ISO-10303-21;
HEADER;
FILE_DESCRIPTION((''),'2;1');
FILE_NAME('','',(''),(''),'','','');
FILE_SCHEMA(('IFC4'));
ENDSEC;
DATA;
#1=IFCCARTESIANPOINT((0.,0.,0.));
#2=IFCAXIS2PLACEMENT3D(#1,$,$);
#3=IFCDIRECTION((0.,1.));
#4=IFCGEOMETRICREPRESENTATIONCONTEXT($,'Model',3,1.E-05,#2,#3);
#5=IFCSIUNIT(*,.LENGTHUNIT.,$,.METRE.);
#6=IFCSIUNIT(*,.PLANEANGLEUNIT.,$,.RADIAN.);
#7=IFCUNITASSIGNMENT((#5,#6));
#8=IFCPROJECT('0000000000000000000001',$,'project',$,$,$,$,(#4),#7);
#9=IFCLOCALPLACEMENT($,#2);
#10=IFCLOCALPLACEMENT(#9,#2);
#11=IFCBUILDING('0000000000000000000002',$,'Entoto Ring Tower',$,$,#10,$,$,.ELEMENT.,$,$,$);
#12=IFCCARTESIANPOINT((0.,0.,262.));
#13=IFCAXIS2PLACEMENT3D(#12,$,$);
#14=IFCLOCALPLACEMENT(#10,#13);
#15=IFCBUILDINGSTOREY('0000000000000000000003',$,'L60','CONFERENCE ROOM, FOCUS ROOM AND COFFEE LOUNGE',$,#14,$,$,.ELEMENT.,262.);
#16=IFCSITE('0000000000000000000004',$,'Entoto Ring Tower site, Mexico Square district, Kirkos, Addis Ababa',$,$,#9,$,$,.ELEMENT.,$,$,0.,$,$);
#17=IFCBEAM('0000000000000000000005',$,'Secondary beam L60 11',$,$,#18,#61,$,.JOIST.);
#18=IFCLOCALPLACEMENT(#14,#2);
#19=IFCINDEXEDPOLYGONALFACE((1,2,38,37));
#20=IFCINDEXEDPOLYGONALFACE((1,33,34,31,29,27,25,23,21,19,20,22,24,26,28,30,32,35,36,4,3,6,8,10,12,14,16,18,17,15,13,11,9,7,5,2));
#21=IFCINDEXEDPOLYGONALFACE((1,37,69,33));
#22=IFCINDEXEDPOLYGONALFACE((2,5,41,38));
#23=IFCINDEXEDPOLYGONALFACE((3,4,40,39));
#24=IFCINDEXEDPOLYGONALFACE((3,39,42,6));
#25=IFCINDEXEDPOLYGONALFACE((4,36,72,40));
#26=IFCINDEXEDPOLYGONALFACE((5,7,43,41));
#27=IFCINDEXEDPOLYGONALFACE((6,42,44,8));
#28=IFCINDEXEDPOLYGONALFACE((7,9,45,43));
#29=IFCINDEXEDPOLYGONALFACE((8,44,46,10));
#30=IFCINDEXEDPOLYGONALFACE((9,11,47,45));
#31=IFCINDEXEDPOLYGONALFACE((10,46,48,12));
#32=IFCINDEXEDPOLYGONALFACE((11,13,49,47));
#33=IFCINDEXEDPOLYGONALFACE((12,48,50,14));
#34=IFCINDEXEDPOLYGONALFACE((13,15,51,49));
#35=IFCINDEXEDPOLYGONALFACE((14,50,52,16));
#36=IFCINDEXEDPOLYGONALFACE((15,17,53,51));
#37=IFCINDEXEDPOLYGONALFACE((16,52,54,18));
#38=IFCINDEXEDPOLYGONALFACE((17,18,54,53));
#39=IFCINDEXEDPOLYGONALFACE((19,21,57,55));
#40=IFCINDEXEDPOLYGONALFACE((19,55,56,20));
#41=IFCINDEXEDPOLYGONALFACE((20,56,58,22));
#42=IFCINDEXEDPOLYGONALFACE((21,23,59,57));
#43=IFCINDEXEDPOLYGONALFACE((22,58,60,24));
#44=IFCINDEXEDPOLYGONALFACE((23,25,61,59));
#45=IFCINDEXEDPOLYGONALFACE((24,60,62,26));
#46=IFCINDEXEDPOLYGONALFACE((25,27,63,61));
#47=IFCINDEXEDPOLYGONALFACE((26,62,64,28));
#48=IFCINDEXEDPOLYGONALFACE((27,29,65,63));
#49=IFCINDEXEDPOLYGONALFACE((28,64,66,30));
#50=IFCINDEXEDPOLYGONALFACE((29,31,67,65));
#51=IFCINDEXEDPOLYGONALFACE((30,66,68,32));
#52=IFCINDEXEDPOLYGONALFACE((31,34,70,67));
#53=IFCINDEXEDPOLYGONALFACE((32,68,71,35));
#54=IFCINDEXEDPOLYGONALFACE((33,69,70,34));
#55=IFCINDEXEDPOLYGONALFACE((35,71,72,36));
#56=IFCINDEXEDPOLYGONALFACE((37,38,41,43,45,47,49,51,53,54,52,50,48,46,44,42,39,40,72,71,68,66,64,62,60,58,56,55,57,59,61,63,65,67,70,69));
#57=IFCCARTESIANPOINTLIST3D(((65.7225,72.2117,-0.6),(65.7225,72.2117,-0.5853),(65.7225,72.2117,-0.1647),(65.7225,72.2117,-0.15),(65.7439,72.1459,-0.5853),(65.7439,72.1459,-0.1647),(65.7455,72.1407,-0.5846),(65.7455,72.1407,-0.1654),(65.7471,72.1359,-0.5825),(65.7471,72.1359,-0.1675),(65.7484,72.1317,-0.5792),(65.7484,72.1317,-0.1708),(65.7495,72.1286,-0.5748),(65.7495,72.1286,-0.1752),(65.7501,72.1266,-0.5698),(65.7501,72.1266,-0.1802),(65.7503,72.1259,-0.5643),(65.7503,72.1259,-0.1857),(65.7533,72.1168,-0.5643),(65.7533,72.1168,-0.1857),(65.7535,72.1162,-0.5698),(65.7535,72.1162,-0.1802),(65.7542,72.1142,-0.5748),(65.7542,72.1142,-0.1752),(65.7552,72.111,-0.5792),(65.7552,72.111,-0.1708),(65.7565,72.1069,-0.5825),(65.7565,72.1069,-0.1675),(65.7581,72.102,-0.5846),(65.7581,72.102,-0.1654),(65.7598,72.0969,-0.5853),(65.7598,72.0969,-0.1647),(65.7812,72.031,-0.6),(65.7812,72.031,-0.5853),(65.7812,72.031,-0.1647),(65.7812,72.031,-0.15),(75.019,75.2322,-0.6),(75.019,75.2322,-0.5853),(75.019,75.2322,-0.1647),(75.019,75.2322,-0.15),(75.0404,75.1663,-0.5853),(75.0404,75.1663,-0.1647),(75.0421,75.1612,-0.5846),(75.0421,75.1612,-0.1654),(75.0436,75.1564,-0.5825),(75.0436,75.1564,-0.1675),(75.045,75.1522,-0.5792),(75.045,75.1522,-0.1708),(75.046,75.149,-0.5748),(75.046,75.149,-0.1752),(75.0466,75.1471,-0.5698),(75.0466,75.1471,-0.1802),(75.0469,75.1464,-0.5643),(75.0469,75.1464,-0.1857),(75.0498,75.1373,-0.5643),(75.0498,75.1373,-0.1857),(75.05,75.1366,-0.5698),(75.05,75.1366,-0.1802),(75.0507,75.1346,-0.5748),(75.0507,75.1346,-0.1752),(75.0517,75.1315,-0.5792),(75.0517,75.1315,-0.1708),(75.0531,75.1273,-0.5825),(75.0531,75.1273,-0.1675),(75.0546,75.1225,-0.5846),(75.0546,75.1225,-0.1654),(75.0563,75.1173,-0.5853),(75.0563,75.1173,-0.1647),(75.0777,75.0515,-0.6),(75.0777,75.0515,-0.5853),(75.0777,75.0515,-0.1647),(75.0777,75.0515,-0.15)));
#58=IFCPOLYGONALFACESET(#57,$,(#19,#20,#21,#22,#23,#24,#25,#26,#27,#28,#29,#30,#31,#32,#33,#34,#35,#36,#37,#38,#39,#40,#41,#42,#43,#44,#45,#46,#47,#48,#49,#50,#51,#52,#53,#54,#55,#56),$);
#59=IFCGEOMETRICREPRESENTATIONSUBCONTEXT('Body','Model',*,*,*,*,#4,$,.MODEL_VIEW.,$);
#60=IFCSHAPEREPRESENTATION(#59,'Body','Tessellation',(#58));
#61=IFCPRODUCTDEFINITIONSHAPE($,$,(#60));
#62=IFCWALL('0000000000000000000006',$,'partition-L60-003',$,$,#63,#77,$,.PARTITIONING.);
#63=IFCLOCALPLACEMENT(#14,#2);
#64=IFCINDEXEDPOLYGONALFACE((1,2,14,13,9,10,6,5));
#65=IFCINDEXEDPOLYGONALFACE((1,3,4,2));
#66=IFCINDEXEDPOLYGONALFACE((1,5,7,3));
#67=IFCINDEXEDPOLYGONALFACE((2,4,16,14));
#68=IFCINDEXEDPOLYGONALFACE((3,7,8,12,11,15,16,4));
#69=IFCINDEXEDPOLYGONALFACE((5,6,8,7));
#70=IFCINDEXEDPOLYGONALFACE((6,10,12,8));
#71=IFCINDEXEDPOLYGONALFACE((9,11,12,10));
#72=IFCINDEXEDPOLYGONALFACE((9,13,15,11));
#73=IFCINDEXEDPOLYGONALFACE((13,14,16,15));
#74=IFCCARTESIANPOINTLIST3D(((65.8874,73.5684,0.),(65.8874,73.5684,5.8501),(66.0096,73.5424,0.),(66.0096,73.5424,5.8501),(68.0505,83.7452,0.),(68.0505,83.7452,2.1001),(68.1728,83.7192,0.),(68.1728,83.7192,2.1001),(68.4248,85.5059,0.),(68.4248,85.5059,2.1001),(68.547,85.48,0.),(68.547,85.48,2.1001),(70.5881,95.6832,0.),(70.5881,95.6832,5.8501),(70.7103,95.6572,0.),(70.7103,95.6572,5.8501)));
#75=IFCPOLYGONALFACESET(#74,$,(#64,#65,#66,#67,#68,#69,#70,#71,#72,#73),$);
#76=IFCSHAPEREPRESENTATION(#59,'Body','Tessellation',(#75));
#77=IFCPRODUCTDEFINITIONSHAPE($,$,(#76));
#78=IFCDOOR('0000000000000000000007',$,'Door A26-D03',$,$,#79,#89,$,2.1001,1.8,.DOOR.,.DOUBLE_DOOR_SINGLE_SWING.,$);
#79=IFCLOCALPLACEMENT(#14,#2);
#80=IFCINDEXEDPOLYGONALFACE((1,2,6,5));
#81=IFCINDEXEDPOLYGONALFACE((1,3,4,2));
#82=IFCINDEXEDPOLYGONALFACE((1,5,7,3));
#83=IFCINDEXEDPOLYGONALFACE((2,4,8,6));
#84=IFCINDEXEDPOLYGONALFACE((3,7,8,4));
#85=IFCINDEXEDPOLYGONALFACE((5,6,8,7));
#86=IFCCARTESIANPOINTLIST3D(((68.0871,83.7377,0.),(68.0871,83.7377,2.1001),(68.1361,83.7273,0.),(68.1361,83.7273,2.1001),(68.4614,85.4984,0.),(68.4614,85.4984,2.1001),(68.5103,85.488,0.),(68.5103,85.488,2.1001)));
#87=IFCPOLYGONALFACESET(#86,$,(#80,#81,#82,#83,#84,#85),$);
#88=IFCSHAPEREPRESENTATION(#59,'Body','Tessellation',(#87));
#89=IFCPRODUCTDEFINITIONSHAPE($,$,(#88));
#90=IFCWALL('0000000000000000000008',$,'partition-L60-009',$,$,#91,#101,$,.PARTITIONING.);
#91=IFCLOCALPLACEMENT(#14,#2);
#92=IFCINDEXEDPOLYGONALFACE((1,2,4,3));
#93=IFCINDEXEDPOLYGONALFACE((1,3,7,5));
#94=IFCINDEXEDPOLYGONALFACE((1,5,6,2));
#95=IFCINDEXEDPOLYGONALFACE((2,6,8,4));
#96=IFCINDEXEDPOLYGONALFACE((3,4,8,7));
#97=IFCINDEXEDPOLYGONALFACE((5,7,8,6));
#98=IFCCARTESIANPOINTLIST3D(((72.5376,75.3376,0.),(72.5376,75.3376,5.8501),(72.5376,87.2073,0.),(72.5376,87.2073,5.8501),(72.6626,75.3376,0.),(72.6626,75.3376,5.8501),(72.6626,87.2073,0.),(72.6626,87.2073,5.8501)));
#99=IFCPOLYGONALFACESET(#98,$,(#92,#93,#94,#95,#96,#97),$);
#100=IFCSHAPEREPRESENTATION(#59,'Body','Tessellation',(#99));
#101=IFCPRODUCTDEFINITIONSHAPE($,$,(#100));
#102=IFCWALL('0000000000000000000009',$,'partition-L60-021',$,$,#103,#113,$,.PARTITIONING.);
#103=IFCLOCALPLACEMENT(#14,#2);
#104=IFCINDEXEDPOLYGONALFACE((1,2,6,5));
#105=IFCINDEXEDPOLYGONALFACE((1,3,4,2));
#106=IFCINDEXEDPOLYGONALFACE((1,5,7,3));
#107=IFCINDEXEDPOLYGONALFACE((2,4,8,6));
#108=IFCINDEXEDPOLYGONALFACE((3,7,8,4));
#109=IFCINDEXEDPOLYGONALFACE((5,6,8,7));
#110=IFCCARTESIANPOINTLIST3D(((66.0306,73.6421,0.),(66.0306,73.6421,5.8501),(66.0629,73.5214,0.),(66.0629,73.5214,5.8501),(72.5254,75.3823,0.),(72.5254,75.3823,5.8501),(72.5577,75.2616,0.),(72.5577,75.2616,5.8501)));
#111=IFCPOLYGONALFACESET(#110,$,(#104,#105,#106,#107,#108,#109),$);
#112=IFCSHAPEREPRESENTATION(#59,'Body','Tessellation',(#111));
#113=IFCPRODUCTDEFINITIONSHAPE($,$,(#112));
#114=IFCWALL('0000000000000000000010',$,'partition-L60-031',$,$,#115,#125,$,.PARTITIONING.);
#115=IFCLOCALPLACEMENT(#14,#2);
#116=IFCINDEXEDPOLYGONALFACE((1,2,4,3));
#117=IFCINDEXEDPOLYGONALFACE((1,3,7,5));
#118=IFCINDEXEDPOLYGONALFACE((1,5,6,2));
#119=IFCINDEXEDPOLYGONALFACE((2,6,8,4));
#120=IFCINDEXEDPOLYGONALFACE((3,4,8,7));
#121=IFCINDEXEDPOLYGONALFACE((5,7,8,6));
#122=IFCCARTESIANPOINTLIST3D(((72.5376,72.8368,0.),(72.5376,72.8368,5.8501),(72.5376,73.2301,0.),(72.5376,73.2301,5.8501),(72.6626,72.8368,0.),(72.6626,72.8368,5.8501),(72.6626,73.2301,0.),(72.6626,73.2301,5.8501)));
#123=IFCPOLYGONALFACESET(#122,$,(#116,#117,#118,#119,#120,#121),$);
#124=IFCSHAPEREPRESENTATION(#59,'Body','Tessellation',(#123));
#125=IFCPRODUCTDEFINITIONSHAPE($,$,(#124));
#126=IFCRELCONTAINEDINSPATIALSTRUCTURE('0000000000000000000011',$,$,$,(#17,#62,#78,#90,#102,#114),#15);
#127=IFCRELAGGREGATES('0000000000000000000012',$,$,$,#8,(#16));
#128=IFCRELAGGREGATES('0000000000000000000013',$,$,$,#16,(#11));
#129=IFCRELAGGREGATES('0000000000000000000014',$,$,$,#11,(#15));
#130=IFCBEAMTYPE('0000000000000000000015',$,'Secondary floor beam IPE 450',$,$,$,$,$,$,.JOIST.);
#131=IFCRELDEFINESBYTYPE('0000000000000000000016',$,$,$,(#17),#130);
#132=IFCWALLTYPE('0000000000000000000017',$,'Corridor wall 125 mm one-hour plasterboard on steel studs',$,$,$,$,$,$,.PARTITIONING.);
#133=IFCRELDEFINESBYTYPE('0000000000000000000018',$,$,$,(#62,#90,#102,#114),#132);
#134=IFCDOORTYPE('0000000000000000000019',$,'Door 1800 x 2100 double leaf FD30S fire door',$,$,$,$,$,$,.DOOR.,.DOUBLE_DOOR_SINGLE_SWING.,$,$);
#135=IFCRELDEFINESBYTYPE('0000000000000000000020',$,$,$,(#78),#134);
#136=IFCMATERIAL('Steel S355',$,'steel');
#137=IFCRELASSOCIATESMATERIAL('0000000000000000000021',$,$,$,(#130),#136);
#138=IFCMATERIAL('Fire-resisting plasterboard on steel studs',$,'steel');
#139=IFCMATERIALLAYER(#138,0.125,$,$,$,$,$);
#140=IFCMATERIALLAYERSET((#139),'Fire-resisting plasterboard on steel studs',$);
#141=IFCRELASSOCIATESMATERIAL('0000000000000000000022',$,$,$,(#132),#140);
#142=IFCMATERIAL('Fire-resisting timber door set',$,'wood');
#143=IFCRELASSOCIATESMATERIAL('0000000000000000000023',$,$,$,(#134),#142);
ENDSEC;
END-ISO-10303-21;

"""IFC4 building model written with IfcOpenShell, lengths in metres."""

from ifc_helpers import new_model, si_unit, direction, frame, frame_2d, origin, origin_2d, place, context, subcontext, project, spatial, rectangle, i_section, extrude, material, layer, layer_set, material_profile, profile_set, type_object, element, fill, save


model = new_model("IFC4")

# Units and contexts
model_context = context("Model", 3, precision=1e-05, world=origin(), true_north=direction((0.0, 1.0)))
body_context = subcontext(model_context, "Body", "Model", "MODEL_VIEW")
ifc_project = project(units=[si_unit("LENGTHUNIT", "METRE"), si_unit("PLANEANGLEUNIT", "RADIAN")], contexts=[model_context])

# Site, building, storey
site_placement = place(None, origin())
site = spatial("IfcSite", under=ifc_project, at=site_placement, Name="Entoto Ring Tower site, Mexico Square district, Kirkos, Addis Ababa", CompositionType="ELEMENT", RefElevation=0.0)
building_placement = place(site_placement, origin())
building = spatial("IfcBuilding", under=site, at=building_placement, Name="Entoto Ring Tower", CompositionType="ELEMENT")
storey_placement = place(building_placement, frame((0.0, 0.0, 262.0)))
storey = spatial("IfcBuildingStorey", under=building, at=storey_placement, Name="L60", Description="CONFERENCE ROOM, FOCUS ROOM AND COFFEE LOUNGE", CompositionType="ELEMENT", Elevation=262.0)

# Beam
ifc_material_1 = material(Name="Steel S355", Category="steel")
ifc_material_profile_1 = material_profile(ifc_material_1, i_section(OverallWidth=0.1899, OverallDepth=0.45, WebThickness=0.0095, FlangeThickness=0.0146, FilletRadius=0.021, at=origin_2d()), Name="IPE 450")
ifc_profile_set_1 = profile_set([ifc_material_profile_1], Name="Steel S355")
beam_type_1 = type_object("IfcBeamType", Name="Secondary floor beam IPE 450", PredefinedType="JOIST", material=ifc_profile_set_1)
beam_1_placement = place(storey_placement, frame((75.0483, 75.1418, -0.375), z_axis=(-0.951061, -0.309003, 0.0), x_axis=(0.309003, -0.951061, 0.0)))
element("IfcBeam", 1, at=beam_1_placement, inside=storey, type_object=beam_type_1, Name="Secondary beam L60 11", PredefinedType="JOIST", context=body_context, shape_type="SweptSolid", body=[
    extrude(i_section(OverallWidth=0.1899, OverallDepth=0.45, WebThickness=0.0095, FlangeThickness=0.0146, FilletRadius=0.021, at=origin_2d()), origin(), (0.0, 0.0, 1.0), 9.7749),
])

# Wall, opening, door
ifc_material_2 = material(Name="Fire-resisting plasterboard on steel studs", Category="steel")
ifc_layer = layer(ifc_material_2, 0.125)
ifc_layer_set = layer_set([ifc_layer], Name="Fire-resisting plasterboard on steel studs")
wall_type = type_object("IfcWallType", Name="Corridor wall 125 mm one-hour plasterboard on steel studs", PredefinedType="PARTITIONING", material=ifc_layer_set)
wall_1_placement = place(storey_placement, frame((65.9485, 73.5554, 0.0), z_axis=(0.0, 0.0, 1.0), x_axis=(0.207914, 0.978147, 0.0)))
wall_1 = element("IfcWall", 2, at=wall_1_placement, inside=storey, type_object=wall_type, Name="partition-L60-003", PredefinedType="PARTITIONING", context=body_context, shape_type="SweptSolid", body=[
    extrude(rectangle(XDim=22.6089, YDim=0.125, at=frame_2d((11.3044, 0.0))), origin(), (0.0, 0.0, 1.0), 5.8501),
])
opening_placement = place(wall_1_placement, frame((10.4043, 0.0, 0.0)))
opening = element("IfcOpeningElement", 3, at=opening_placement, cuts=wall_1, PredefinedType="OPENING", context=body_context, shape_type="SweptSolid", body=[
    extrude(rectangle(XDim=1.8, YDim=2.1001, at=frame_2d((0.8999, 1.05))), frame((0.0, 0.0725, 0.0), z_axis=(0.0, -1.0, 0.0), x_axis=(1.0, 0.0, 0.0)), (0.0, 0.0, 1.0), 0.145),
])
ifc_material_3 = material(Name="Fire-resisting timber door set", Category="wood")
door_type = type_object("IfcDoorType", Name="Door 1800 x 2100 double leaf FD30S fire door", OperationType="DOUBLE_DOOR_SINGLE_SWING", PredefinedType="DOOR", material=ifc_material_3)
door_placement = place(opening_placement, frame((1.8, 0.0, 0.0), z_axis=(0.0, 0.0, 1.0), x_axis=(-1.0, 0.0, 0.0)))
door = element("IfcDoor", 4, at=door_placement, inside=storey, type_object=door_type, Name="Door A26-D03", OperationType="DOUBLE_DOOR_SINGLE_SWING", OverallHeight=2.1001, OverallWidth=1.8, PredefinedType="DOOR", context=body_context, shape_type="SweptSolid", body=[
    extrude(rectangle(XDim=1.8, YDim=2.1001, at=frame_2d((0.8999, 1.05))), frame((0.0, 0.0249, 0.0), z_axis=(0.0, -1.0, 0.0), x_axis=(1.0, 0.0, 0.0)), (0.0, 0.0, 1.0), 0.05),
])
fill(opening, door)

# Walls
wall_2_placement = place(storey_placement, frame((72.6001, 75.3376, 0.0), z_axis=(0.0, 0.0, 1.0), x_axis=(0.0, 1.0, 0.0)))
element("IfcWall", 5, at=wall_2_placement, inside=storey, type_object=wall_type, Name="partition-L60-009", PredefinedType="PARTITIONING", context=body_context, shape_type="SweptSolid", body=[
    extrude(rectangle(XDim=11.8696, YDim=0.125, at=frame_2d((5.9348, 0.0))), origin(), (0.0, 0.0, 1.0), 5.8501),
])
wall_3_placement = place(storey_placement, frame((66.0469, 73.5818, 0.0), z_axis=(0.0, 0.0, 1.0), x_axis=(0.965928, 0.25881, 0.0)))
element("IfcWall", 6, at=wall_3_placement, inside=storey, type_object=wall_type, Name="partition-L60-021", PredefinedType="PARTITIONING", context=body_context, shape_type="SweptSolid", body=[
    extrude(rectangle(XDim=6.7239, YDim=0.125, at=frame_2d((3.3618, 0.0))), origin(), (0.0, 0.0, 1.0), 5.8501),
])
wall_4_placement = place(storey_placement, frame((72.6001, 72.8367, 0.0), z_axis=(0.0, 0.0, 1.0), x_axis=(0.0, 1.0, 0.0)))
element("IfcWall", 7, at=wall_4_placement, inside=storey, type_object=wall_type, Name="partition-L60-031", PredefinedType="PARTITIONING", context=body_context, shape_type="SweptSolid", body=[
    extrude(rectangle(XDim=0.3933, YDim=0.125, at=frame_2d((0.1968, 0.0))), origin(), (0.0, 0.0, 1.0), 5.8501),
])

save(model, "model.ifc")
